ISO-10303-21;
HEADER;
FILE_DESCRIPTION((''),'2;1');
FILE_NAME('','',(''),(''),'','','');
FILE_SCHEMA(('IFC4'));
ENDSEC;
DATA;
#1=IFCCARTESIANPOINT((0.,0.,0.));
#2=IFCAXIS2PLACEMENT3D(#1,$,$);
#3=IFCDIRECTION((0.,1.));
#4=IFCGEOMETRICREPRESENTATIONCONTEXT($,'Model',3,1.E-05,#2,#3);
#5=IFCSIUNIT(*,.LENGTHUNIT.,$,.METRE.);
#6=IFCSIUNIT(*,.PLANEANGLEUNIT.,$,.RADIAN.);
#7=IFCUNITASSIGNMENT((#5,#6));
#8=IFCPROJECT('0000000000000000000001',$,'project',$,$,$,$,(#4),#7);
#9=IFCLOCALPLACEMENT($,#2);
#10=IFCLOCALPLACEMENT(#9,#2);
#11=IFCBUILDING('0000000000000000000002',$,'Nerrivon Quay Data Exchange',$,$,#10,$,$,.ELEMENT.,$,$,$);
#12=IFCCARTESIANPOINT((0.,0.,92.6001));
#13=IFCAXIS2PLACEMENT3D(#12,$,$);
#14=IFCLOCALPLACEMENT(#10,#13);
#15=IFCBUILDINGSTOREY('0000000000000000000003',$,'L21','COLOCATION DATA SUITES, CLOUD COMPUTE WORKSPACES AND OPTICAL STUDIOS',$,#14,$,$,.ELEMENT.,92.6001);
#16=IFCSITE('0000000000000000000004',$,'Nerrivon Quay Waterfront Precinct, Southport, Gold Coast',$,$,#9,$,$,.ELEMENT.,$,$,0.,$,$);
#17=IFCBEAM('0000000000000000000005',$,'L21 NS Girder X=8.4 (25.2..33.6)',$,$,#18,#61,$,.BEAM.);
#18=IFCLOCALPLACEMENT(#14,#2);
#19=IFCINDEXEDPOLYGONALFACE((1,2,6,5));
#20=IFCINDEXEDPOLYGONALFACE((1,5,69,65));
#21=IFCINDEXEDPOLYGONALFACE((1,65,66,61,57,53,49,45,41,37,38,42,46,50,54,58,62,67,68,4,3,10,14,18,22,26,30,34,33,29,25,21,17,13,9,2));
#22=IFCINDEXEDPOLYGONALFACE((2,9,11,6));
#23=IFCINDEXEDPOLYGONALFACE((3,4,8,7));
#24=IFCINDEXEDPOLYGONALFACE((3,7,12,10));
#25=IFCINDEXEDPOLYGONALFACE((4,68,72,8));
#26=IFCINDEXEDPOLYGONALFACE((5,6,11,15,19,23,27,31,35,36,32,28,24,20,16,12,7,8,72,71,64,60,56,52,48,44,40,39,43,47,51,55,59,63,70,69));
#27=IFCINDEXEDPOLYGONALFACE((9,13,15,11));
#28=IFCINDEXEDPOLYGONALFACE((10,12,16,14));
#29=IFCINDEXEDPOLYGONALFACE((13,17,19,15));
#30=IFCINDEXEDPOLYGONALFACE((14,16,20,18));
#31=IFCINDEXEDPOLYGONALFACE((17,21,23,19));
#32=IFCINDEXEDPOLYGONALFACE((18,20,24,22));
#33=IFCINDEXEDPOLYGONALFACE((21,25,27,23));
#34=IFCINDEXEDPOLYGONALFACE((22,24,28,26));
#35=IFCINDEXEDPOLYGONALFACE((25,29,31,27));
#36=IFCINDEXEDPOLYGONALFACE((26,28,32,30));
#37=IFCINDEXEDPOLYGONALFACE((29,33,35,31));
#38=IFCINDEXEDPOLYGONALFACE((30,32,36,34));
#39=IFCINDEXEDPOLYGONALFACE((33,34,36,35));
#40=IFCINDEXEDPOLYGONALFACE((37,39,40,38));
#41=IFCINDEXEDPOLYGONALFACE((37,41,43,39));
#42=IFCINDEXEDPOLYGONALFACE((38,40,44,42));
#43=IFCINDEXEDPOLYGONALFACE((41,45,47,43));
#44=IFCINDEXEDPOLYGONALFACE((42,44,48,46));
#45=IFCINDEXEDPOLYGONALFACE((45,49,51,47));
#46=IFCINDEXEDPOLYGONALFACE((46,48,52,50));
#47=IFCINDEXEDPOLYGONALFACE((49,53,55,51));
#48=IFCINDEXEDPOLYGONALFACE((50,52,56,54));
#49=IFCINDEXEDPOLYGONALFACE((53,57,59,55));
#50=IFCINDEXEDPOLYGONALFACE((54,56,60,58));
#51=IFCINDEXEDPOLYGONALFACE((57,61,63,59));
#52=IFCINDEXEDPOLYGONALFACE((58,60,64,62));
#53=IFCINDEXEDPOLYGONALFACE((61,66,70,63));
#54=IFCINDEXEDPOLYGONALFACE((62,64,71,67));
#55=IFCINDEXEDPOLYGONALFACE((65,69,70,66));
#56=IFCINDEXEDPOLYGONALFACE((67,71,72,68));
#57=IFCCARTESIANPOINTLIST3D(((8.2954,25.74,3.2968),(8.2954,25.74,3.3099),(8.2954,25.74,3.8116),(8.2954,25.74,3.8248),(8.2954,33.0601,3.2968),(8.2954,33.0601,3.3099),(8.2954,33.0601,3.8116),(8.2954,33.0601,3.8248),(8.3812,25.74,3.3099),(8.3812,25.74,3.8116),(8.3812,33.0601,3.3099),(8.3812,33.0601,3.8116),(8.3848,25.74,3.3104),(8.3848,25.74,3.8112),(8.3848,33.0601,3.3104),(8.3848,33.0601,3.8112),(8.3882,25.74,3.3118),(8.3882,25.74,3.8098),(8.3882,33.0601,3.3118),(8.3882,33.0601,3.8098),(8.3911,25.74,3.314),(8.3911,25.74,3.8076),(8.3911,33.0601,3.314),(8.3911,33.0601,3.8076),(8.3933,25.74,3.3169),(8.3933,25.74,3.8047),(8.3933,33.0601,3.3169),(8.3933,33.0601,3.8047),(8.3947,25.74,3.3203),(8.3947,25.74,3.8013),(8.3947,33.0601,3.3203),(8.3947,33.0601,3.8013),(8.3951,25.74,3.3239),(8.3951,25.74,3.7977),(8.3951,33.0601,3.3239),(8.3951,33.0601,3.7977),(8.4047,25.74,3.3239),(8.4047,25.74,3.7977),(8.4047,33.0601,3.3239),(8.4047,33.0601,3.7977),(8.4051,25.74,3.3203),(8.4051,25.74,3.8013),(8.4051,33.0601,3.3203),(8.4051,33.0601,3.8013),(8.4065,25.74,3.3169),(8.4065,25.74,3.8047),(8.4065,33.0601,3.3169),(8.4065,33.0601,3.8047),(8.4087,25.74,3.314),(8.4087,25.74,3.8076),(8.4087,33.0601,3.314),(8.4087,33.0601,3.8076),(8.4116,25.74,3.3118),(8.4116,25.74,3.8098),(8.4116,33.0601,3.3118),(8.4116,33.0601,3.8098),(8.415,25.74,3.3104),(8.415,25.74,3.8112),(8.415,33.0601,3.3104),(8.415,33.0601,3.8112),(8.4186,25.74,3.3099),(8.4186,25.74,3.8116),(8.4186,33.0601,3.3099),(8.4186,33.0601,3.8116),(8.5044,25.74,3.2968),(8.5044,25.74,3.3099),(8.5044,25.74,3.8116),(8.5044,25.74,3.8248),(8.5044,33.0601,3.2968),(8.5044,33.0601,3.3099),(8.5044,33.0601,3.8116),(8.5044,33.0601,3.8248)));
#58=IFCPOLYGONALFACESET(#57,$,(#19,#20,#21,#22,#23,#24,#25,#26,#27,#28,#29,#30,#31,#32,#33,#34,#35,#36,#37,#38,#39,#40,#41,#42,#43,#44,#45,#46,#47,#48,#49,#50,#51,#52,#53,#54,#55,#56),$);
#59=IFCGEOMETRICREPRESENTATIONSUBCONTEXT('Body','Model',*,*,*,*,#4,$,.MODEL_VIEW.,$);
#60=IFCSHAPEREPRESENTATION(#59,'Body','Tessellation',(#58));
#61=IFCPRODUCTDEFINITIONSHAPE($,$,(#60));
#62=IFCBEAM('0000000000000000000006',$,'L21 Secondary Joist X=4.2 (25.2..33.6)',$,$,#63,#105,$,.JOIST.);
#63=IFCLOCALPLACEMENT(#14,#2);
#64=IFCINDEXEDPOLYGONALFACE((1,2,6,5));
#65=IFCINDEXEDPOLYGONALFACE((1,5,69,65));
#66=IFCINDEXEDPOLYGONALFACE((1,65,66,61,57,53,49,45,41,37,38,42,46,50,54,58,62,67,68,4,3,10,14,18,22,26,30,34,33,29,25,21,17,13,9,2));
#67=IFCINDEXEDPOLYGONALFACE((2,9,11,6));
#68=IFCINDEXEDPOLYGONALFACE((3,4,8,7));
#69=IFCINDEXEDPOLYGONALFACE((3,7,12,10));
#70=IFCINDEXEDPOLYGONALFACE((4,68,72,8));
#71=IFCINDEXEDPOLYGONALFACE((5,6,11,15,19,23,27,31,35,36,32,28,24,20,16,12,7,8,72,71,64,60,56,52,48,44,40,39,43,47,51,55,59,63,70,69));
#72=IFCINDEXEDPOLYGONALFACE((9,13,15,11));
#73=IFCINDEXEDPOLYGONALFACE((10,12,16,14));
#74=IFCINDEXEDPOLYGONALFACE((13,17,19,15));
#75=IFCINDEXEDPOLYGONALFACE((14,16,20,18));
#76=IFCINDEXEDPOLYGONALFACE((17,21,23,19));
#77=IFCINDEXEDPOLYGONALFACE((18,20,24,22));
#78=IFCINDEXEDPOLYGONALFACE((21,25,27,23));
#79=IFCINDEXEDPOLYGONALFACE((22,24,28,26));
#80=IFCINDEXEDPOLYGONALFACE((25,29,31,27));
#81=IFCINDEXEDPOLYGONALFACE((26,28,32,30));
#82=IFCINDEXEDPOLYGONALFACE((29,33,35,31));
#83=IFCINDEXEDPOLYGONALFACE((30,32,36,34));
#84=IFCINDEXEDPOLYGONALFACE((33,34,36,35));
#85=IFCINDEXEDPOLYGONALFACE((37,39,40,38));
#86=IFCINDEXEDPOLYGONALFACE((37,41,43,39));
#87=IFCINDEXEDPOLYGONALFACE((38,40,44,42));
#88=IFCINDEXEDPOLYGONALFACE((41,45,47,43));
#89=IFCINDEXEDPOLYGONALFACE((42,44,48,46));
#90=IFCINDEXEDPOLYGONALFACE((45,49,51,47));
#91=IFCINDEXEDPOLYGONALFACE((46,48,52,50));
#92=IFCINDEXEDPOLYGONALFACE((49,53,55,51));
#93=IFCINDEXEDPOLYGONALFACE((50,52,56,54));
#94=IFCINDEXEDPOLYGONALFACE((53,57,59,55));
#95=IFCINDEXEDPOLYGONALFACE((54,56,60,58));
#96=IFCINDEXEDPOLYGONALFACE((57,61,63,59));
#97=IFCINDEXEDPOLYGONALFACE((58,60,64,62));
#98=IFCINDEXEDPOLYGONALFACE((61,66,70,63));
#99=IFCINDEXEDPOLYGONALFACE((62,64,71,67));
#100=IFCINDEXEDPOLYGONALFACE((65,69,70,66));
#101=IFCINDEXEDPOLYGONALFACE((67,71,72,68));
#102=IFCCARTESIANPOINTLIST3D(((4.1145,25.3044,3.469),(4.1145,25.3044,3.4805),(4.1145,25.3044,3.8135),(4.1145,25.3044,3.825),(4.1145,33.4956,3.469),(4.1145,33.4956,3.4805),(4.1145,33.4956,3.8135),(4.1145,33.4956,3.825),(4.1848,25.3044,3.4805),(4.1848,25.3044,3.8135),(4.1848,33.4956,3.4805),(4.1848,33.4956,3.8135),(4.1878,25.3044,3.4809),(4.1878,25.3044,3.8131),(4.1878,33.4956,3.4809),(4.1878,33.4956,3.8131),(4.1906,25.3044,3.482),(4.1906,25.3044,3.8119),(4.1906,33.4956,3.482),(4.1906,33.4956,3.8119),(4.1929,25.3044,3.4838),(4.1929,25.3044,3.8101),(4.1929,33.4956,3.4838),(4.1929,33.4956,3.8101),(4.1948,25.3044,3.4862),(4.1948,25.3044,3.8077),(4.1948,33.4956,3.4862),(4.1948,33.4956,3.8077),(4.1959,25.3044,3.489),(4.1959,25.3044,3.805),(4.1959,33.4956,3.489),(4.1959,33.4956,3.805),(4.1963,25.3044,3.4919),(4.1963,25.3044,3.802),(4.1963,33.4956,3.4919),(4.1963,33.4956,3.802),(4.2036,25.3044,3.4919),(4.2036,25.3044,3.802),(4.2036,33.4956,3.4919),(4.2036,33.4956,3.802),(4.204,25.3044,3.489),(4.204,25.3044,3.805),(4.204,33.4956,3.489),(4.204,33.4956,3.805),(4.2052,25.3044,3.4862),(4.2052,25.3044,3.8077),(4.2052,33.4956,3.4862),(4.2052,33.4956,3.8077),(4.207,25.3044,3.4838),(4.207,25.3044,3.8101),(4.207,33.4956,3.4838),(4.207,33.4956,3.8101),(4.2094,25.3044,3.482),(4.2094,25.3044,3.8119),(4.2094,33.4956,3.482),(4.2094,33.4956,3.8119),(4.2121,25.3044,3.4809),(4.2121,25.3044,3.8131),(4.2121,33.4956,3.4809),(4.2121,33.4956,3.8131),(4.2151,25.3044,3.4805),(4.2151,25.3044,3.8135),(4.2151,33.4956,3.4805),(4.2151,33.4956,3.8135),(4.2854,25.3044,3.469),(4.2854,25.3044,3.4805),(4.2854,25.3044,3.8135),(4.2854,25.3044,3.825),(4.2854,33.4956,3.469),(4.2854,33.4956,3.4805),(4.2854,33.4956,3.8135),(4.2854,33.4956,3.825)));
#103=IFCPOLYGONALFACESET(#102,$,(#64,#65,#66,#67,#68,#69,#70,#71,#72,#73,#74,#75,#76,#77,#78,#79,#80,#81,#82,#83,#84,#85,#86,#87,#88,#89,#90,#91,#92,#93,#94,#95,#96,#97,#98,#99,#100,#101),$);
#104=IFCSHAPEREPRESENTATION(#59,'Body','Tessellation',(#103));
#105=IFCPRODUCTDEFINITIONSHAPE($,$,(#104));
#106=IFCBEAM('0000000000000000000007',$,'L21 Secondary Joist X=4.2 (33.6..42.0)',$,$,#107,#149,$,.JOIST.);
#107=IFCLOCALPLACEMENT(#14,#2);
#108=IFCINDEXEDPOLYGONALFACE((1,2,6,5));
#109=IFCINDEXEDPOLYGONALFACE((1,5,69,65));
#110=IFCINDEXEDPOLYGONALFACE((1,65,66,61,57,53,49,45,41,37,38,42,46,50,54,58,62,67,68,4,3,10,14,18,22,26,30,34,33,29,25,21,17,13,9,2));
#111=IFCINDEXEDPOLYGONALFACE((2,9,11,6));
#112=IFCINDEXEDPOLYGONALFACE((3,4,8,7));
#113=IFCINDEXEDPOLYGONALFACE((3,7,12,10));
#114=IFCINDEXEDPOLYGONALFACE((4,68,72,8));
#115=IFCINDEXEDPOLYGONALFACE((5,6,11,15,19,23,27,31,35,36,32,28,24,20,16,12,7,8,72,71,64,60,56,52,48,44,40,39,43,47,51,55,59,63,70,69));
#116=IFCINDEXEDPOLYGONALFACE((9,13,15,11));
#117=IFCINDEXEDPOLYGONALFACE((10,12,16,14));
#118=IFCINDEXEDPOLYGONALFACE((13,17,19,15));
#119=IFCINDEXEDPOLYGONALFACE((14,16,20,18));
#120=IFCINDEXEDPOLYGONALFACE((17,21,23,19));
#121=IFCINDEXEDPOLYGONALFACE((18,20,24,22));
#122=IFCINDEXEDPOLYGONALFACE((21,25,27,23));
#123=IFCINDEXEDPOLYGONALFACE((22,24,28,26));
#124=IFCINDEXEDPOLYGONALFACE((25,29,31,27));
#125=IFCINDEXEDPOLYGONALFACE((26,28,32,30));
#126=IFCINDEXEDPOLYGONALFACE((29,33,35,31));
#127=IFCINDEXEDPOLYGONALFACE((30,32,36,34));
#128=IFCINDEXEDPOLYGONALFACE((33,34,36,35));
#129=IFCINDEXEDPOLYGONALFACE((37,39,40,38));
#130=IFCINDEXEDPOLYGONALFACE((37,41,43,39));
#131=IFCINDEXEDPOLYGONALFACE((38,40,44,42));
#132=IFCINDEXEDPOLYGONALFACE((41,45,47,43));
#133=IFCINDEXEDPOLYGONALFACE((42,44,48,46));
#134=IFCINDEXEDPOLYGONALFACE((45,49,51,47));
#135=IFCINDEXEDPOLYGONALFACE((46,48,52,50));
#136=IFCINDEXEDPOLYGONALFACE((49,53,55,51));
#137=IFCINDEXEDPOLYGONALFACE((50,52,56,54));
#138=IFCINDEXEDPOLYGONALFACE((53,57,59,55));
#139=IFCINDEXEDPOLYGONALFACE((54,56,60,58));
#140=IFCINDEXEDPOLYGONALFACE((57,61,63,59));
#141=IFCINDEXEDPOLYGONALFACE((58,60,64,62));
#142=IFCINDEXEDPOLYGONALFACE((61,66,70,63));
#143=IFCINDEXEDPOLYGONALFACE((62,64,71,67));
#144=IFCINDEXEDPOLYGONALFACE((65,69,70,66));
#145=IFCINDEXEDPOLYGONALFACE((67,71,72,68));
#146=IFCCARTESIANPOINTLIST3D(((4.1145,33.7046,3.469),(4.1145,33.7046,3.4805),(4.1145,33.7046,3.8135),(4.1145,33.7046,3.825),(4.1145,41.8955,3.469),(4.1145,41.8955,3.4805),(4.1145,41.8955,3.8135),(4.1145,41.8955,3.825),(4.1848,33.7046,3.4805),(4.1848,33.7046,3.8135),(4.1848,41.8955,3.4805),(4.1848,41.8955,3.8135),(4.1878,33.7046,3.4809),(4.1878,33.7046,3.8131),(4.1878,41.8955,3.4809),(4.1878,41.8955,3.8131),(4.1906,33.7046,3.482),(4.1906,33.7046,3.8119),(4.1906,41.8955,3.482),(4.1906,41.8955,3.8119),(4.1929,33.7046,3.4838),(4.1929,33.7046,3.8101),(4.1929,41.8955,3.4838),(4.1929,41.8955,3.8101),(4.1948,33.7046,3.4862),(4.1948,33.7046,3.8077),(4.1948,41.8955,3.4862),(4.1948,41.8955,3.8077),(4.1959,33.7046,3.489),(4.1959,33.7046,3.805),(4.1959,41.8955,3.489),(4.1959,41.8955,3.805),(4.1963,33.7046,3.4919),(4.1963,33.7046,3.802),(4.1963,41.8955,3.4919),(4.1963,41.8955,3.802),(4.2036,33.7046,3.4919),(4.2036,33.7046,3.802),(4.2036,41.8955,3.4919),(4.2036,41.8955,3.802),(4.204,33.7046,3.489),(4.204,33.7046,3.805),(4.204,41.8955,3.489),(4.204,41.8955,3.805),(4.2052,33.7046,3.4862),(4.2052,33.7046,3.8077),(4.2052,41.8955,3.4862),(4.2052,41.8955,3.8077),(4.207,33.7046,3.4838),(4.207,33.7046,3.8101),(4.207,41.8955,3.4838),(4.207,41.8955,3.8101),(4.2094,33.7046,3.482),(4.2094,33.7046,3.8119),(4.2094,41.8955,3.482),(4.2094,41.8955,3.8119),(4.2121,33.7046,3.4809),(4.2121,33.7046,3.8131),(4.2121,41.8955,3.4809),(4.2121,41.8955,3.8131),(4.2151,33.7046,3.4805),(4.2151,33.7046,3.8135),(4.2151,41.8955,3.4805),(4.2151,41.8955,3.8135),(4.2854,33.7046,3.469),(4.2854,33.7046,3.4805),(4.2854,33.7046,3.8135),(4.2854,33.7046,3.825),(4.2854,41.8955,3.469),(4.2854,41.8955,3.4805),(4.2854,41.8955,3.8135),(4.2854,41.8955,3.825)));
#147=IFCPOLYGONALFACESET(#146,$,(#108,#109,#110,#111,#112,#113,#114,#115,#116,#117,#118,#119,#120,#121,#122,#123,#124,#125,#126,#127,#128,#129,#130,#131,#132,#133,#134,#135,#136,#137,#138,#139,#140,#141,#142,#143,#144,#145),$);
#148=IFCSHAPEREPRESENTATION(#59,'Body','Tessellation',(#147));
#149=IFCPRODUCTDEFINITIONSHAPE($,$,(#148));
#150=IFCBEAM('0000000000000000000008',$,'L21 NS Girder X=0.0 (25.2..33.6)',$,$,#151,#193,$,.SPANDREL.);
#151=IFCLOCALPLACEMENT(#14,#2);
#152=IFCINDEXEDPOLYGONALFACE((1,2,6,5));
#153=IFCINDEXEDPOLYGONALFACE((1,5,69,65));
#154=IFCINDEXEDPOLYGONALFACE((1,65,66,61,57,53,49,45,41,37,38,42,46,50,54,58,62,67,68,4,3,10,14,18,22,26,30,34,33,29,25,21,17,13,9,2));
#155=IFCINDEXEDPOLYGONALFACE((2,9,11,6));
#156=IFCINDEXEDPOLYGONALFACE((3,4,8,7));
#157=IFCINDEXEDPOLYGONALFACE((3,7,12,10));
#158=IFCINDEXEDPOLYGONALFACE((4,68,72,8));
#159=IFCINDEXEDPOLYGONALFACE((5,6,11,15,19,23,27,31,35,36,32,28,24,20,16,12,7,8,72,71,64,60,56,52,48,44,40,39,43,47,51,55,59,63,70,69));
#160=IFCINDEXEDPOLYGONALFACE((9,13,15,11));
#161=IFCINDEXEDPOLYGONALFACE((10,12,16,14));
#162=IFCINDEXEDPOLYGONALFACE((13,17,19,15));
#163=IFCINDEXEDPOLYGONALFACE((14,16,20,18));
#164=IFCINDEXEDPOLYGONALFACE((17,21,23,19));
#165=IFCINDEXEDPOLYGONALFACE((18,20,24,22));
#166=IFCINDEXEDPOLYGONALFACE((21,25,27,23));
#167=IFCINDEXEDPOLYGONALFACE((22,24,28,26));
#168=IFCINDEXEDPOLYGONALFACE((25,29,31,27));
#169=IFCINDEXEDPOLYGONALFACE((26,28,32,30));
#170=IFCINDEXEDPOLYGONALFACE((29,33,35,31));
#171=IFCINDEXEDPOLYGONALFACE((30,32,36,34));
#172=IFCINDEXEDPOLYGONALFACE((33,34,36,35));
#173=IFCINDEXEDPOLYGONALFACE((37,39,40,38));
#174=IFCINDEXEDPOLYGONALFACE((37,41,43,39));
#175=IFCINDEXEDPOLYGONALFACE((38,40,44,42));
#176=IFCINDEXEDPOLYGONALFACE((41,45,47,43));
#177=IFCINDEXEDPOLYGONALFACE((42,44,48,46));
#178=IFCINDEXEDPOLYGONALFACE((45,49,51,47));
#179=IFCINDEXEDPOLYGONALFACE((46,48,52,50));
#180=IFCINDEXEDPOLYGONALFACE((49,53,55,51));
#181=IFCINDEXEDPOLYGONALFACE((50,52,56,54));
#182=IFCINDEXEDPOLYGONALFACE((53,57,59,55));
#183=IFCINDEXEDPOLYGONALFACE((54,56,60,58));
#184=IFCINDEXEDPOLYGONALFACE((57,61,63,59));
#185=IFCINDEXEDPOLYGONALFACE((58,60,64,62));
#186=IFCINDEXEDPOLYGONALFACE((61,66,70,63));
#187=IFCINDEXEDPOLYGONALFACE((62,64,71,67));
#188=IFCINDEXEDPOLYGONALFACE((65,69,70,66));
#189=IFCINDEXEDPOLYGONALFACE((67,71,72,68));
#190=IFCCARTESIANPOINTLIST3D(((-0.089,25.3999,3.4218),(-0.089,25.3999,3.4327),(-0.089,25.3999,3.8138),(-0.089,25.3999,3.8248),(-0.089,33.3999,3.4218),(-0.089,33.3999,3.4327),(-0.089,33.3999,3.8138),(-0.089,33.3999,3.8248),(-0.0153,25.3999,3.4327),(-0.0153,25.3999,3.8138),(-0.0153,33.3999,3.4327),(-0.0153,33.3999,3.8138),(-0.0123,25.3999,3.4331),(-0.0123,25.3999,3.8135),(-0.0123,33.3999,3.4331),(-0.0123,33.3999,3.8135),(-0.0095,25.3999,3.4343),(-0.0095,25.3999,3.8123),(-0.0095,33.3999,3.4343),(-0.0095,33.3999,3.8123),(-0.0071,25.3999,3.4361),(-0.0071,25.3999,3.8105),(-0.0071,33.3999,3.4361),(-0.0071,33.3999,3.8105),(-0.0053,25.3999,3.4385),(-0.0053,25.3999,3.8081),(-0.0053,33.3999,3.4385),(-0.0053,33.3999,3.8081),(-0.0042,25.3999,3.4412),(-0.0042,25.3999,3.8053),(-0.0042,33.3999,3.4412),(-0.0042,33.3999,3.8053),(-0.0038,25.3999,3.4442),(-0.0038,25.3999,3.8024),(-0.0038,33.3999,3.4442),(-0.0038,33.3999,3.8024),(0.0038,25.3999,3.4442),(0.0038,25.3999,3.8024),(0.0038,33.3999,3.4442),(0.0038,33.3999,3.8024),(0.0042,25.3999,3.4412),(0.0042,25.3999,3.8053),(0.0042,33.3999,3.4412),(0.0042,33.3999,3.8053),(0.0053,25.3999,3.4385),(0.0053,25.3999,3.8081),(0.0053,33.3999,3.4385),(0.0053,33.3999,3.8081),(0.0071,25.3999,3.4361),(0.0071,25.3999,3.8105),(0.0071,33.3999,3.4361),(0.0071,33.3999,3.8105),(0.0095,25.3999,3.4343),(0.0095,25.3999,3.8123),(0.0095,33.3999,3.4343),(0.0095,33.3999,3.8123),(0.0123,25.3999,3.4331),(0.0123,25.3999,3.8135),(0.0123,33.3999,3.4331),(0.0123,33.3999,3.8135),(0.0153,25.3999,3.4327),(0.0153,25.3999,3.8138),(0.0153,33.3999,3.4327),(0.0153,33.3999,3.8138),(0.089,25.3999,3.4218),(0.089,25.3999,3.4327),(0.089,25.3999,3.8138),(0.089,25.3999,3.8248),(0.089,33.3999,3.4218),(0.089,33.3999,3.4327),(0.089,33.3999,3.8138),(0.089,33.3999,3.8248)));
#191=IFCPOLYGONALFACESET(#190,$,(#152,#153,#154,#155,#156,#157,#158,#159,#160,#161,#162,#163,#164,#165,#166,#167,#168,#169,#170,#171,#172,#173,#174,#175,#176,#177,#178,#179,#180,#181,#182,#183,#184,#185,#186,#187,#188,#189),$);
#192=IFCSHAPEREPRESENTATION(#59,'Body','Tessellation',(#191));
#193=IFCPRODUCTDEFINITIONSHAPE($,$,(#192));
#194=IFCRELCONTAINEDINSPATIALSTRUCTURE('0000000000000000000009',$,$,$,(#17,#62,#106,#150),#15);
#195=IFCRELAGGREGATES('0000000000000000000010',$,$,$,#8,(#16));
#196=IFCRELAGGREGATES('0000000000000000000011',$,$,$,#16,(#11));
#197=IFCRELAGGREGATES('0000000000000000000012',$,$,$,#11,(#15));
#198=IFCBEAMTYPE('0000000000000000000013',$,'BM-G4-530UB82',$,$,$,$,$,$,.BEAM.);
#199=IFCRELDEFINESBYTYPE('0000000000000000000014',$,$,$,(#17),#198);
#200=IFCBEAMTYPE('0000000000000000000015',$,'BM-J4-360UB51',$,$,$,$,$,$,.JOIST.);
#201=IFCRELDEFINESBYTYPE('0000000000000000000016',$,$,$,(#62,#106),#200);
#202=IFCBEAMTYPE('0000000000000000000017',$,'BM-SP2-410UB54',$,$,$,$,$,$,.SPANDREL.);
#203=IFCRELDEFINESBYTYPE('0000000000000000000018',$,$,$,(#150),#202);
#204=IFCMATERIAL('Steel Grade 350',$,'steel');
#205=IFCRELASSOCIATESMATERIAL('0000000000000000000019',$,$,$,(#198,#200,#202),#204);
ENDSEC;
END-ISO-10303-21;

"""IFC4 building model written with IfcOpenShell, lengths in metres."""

from ifc_helpers import new_model, si_unit, direction, frame, origin, origin_2d, place, context, subcontext, project, spatial, i_section, extrude, material, material_profile, profile_set, type_object, element, save


model = new_model("IFC4")

# Units and contexts
model_context = context("Model", 3, precision=1e-05, world=origin(), true_north=direction((0.0, 1.0)))
body_context = subcontext(model_context, "Body", "Model", "MODEL_VIEW")
ifc_project = project(units=[si_unit("LENGTHUNIT", "METRE"), si_unit("PLANEANGLEUNIT", "RADIAN")], contexts=[model_context])

# Site, building, storey
site_placement = place(None, origin())
site = spatial("IfcSite", under=ifc_project, at=site_placement, Name="Nerrivon Quay Waterfront Precinct, Southport, Gold Coast", CompositionType="ELEMENT", RefElevation=0.0)
building_placement = place(site_placement, origin())
building = spatial("IfcBuilding", under=site, at=building_placement, Name="Nerrivon Quay Data Exchange", CompositionType="ELEMENT")
storey_placement = place(building_placement, frame((0.0, 0.0, 92.6001)))
storey = spatial("IfcBuildingStorey", under=building, at=storey_placement, Name="L21", Description="COLOCATION DATA SUITES, CLOUD COMPUTE WORKSPACES AND OPTICAL STUDIOS", CompositionType="ELEMENT", Elevation=92.6001)

# Shared definitions
ifc_material_1 = material(Name="Steel Grade 350", Category="steel")

# Beams
ifc_material_profile_1 = material_profile(ifc_material_1, i_section(OverallWidth=0.209, OverallDepth=0.5281, WebThickness=0.0095, FlangeThickness=0.0132, FilletRadius=0.0139, at=origin_2d()), Name="530UB82.0")
ifc_profile_set_1 = profile_set([ifc_material_profile_1], Name="Steel Grade 350")
beam_type_1 = type_object("IfcBeamType", Name="BM-G4-530UB82", PredefinedType="BEAM", material=ifc_profile_set_1)
beam_1_placement = place(storey_placement, frame((8.3999, 25.74, 3.5608), z_axis=(0.0, 1.0, 0.0), x_axis=(-1.0, 0.0, 0.0)))
element("IfcBeam", 1, at=beam_1_placement, inside=storey, type_object=beam_type_1, Name="L21 NS Girder X=8.4 (25.2..33.6)", PredefinedType="BEAM", context=body_context, shape_type="SweptSolid", body=[
    extrude(i_section(OverallWidth=0.209, OverallDepth=0.5281, WebThickness=0.0095, FlangeThickness=0.0132, FilletRadius=0.0139, at=origin_2d()), origin(), (0.0, 0.0, 1.0), 7.3201),
])
ifc_material_profile_2 = material_profile(ifc_material_1, i_section(OverallWidth=0.1709, OverallDepth=0.356, WebThickness=0.0073, FlangeThickness=0.0115, FilletRadius=0.0115, at=origin_2d()), Name="360UB50.7")
ifc_profile_set_2 = profile_set([ifc_material_profile_2], Name="Steel Grade 350")
beam_type_2 = type_object("IfcBeamType", Name="BM-J4-360UB51", PredefinedType="JOIST", material=ifc_profile_set_2)
beam_2_placement = place(storey_placement, frame((4.2, 25.3044, 3.647), z_axis=(0.0, 1.0, 0.0), x_axis=(-1.0, 0.0, 0.0)))
element("IfcBeam", 2, at=beam_2_placement, inside=storey, type_object=beam_type_2, Name="L21 Secondary Joist X=4.2 (25.2..33.6)", PredefinedType="JOIST", context=body_context, shape_type="SweptSolid", body=[
    extrude(i_section(OverallWidth=0.1709, OverallDepth=0.356, WebThickness=0.0073, FlangeThickness=0.0115, FilletRadius=0.0115, at=origin_2d()), origin(), (0.0, 0.0, 1.0), 8.1912),
])
beam_3_placement = place(storey_placement, frame((4.2, 33.7046, 3.647), z_axis=(0.0, 1.0, 0.0), x_axis=(-1.0, 0.0, 0.0)))
element("IfcBeam", 3, at=beam_3_placement, inside=storey, type_object=beam_type_2, Name="L21 Secondary Joist X=4.2 (33.6..42.0)", PredefinedType="JOIST", context=body_context, shape_type="SweptSolid", body=[
    extrude(i_section(OverallWidth=0.1709, OverallDepth=0.356, WebThickness=0.0073, FlangeThickness=0.0115, FilletRadius=0.0115, at=origin_2d()), origin(), (0.0, 0.0, 1.0), 8.1909),
])
ifc_material_profile_3 = material_profile(ifc_material_1, i_section(OverallWidth=0.178, OverallDepth=0.4031, WebThickness=0.0076, FlangeThickness=0.011, FilletRadius=0.0115, at=origin_2d()), Name="410UB53.7")
ifc_profile_set_3 = profile_set([ifc_material_profile_3], Name="Steel Grade 350")
beam_type_3 = type_object("IfcBeamType", Name="BM-SP2-410UB54", PredefinedType="SPANDREL", material=ifc_profile_set_3)
for number, where, z_axis, x_axis, name in (
    (4, (0.0, 25.3999, 3.6233), (0.0, 1.0, 0.0), (-1.0, 0.0, 0.0), "L21 NS Girder X=0.0 (25.2..33.6)"),
):
    element("IfcBeam", number, at=place(storey_placement, frame(where, z_axis=z_axis, x_axis=x_axis)), inside=storey, type_object=beam_type_3, Name=name, PredefinedType="SPANDREL", context=body_context, shape_type="SweptSolid", body=[
        extrude(i_section(OverallWidth=0.178, OverallDepth=0.4031, WebThickness=0.0076, FlangeThickness=0.011, FilletRadius=0.0115, at=origin_2d()), origin(), (0.0, 0.0, 1.0), 8.0),
    ])

save(model, "model.ifc")
